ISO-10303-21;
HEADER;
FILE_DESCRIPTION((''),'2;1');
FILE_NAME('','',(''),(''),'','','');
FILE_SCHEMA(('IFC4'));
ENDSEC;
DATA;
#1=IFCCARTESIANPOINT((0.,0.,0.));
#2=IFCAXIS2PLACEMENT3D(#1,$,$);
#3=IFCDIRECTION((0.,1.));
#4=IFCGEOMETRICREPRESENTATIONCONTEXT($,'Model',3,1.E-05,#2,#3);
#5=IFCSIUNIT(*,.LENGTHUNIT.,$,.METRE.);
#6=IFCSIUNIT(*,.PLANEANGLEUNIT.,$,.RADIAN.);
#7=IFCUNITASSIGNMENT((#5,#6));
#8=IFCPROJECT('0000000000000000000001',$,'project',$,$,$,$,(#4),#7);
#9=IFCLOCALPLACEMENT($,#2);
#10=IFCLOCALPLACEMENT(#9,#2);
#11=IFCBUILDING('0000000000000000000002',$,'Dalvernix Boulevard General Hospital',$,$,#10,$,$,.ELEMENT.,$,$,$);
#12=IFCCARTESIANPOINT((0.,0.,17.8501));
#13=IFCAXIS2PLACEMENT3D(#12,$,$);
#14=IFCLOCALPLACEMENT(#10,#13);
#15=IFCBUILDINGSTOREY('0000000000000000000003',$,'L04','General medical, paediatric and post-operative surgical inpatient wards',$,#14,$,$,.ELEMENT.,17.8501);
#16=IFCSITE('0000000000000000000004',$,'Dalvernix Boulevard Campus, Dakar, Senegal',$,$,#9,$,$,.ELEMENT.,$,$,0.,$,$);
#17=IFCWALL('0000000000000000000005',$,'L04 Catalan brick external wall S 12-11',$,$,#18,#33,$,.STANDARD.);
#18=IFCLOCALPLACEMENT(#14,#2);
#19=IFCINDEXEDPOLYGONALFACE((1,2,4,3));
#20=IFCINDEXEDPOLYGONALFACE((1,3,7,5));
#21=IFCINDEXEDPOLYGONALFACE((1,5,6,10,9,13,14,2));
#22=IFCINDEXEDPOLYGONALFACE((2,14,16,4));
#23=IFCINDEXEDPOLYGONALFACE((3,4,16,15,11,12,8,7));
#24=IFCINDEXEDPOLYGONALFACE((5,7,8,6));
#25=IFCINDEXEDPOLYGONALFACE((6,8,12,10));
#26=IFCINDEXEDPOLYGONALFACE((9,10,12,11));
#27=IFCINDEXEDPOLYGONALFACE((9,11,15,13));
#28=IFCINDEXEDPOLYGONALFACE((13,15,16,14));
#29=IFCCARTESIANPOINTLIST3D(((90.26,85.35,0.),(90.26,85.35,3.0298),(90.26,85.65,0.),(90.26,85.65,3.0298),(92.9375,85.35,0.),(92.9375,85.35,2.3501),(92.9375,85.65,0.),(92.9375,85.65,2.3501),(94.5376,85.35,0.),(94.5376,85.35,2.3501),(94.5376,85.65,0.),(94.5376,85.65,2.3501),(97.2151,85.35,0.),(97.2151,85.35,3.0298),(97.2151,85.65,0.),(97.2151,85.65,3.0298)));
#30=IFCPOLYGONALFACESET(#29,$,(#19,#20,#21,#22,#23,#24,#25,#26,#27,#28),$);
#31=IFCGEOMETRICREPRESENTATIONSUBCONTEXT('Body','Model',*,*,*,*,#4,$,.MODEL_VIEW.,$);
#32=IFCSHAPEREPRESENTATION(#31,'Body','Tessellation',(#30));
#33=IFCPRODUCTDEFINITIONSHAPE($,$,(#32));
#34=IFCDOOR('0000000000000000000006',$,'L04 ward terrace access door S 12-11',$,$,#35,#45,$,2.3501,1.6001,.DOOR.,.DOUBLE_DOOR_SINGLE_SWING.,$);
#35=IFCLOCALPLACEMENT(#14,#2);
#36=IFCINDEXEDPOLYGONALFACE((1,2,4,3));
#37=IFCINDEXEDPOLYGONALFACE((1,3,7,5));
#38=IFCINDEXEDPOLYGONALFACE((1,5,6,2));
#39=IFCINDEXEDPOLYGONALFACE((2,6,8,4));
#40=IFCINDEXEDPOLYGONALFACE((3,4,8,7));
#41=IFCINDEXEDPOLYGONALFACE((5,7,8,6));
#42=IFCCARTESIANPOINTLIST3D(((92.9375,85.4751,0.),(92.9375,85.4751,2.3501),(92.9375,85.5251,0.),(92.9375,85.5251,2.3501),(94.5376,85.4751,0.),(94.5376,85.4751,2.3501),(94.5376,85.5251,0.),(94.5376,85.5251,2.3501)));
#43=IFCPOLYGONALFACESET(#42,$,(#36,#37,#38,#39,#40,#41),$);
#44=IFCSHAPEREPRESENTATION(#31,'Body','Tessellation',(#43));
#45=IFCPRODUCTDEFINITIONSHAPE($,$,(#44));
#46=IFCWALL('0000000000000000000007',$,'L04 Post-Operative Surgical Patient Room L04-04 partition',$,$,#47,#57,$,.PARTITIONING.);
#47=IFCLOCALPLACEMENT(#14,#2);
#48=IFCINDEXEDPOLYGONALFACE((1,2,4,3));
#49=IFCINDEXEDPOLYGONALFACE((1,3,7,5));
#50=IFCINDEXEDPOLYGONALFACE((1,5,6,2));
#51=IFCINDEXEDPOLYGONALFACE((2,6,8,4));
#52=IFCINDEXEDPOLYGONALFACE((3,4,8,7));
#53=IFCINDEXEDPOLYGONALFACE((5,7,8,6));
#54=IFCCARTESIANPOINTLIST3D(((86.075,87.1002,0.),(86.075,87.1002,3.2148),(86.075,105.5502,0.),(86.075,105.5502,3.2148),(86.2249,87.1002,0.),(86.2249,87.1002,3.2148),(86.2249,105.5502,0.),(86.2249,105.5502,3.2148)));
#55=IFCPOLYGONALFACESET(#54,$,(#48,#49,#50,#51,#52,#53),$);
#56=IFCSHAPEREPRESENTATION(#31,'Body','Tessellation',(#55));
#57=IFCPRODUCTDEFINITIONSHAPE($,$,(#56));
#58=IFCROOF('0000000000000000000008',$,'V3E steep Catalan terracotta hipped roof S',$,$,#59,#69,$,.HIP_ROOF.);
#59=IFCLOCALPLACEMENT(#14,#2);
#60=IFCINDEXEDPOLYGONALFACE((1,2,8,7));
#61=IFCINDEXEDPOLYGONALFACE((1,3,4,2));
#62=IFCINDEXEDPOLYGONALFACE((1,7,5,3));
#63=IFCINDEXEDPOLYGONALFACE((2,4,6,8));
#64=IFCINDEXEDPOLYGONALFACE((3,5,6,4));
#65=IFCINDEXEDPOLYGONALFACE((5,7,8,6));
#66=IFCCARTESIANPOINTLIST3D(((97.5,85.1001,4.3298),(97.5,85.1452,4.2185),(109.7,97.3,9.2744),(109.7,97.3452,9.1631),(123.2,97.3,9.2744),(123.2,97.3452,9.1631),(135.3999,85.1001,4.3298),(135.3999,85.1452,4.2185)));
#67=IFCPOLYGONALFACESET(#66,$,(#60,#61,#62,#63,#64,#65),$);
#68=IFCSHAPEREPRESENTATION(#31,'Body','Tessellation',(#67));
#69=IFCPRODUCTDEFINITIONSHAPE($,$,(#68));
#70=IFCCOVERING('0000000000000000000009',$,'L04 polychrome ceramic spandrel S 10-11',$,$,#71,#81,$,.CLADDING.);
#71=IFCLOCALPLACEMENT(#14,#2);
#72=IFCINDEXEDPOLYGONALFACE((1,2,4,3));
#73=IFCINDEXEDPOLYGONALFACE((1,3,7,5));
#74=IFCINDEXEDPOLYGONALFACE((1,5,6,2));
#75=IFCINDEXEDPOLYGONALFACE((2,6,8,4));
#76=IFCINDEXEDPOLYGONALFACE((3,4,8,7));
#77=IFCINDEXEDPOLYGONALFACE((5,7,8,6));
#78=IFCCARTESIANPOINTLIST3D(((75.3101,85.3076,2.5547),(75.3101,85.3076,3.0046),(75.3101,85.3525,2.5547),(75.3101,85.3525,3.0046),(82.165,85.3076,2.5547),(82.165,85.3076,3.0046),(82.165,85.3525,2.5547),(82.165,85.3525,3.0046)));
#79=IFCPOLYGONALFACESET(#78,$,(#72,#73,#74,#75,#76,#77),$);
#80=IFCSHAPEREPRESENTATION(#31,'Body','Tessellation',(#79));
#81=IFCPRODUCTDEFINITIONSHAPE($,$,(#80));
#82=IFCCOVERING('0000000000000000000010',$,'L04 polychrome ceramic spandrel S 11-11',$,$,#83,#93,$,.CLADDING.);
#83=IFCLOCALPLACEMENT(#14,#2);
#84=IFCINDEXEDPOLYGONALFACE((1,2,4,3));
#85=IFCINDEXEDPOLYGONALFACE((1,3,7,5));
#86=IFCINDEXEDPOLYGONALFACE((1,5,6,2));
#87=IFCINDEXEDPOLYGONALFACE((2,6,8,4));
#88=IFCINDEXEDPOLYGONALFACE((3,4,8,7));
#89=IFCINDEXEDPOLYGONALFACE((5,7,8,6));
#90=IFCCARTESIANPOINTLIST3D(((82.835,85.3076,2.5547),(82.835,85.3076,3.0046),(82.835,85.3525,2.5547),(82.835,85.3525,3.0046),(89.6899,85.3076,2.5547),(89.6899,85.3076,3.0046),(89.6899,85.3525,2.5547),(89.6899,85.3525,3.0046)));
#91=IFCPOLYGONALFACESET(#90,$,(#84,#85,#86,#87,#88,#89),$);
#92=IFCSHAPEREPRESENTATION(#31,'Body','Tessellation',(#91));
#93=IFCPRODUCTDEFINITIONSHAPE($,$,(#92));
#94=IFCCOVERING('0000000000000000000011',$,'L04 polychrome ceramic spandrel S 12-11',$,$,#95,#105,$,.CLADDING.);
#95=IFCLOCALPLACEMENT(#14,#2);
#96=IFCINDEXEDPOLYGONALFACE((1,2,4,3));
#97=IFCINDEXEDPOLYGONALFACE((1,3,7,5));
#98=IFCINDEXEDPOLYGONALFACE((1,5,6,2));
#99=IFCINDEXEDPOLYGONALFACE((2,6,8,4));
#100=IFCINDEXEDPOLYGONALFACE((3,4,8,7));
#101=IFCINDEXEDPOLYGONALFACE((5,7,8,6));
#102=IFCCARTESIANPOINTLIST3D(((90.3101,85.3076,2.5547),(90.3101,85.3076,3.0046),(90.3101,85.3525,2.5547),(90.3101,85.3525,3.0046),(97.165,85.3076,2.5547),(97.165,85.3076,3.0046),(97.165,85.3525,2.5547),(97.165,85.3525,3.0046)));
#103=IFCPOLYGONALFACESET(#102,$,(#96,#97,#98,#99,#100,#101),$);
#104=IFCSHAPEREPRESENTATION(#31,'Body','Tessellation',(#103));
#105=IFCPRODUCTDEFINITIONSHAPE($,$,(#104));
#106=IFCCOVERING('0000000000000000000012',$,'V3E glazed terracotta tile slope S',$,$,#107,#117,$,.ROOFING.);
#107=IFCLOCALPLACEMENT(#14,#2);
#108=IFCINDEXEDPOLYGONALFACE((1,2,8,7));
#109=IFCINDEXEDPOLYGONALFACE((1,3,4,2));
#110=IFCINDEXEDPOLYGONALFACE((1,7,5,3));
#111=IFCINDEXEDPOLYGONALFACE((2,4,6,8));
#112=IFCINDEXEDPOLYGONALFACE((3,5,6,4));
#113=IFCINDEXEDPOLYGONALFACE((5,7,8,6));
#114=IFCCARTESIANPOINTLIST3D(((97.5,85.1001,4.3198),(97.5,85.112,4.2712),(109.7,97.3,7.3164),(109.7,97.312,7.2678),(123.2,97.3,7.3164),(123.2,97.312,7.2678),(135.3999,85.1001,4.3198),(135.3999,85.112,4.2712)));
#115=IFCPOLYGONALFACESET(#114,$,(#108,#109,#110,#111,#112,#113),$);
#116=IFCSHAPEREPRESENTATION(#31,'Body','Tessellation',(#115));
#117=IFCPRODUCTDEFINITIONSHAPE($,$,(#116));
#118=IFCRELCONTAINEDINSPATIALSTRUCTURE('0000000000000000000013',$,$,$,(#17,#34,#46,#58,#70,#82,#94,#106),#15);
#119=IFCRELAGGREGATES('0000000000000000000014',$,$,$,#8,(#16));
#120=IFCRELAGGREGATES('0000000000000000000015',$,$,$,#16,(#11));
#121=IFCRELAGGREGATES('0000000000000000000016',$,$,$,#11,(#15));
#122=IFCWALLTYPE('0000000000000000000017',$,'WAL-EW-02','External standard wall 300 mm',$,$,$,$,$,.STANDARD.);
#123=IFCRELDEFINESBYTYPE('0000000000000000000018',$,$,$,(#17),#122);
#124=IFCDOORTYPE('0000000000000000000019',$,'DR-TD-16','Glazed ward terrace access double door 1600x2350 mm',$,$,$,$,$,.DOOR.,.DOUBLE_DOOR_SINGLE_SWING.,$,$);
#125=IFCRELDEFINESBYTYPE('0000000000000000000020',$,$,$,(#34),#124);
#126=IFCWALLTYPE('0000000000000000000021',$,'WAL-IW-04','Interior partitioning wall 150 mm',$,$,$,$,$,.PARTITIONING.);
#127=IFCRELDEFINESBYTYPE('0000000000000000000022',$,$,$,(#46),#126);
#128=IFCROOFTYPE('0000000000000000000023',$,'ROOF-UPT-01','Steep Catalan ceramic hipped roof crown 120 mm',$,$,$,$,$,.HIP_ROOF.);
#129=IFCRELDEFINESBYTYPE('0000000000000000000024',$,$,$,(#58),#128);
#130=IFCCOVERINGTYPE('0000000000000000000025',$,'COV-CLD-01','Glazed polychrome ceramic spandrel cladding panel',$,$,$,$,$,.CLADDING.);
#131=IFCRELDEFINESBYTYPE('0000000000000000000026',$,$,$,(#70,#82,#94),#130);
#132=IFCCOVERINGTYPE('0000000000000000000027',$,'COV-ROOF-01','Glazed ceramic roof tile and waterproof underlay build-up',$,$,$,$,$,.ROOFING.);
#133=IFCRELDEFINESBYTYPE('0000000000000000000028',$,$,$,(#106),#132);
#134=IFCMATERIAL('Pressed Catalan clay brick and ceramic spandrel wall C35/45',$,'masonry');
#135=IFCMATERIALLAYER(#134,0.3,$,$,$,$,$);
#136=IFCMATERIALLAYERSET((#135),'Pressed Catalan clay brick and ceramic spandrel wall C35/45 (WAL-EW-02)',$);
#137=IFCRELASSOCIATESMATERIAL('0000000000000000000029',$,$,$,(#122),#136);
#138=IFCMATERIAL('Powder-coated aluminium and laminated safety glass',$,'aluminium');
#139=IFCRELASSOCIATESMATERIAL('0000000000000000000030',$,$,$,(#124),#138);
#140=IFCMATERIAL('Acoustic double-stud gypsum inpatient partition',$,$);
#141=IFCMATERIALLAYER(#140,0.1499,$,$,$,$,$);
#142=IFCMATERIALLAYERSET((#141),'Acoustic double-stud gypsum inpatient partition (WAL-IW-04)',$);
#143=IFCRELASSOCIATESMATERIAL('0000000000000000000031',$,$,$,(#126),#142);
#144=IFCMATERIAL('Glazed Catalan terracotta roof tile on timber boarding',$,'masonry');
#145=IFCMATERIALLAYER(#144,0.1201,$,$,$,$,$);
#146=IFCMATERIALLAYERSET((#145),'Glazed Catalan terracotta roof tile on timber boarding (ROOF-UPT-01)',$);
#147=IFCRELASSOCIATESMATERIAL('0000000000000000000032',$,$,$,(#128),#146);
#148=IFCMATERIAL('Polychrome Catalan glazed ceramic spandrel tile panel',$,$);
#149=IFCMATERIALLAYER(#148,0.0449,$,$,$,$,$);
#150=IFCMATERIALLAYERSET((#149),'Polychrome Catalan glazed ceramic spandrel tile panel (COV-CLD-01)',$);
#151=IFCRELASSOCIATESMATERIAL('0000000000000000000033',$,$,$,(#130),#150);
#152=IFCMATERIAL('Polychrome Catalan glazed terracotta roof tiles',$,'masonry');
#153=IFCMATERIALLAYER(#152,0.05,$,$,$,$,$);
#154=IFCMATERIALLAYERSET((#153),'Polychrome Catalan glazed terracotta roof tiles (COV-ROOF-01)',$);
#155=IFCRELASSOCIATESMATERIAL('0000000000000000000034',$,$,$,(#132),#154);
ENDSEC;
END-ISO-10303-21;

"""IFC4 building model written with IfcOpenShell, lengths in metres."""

from ifc_helpers import new_model, si_unit, direction, frame, frame_2d, origin, origin_2d, place, context, subcontext, project, spatial, polyline, rectangle, outline, extrude, material, layer, layer_set, type_object, element, fill, save


model = new_model("IFC4")

# Units and contexts
model_context = context("Model", 3, precision=1e-05, world=origin(), true_north=direction((0.0, 1.0)))
body_context = subcontext(model_context, "Body", "Model", "MODEL_VIEW")
ifc_project = project(units=[si_unit("LENGTHUNIT", "METRE"), si_unit("PLANEANGLEUNIT", "RADIAN")], contexts=[model_context])

# Site, building, storey
site_placement = place(None, origin())
site = spatial("IfcSite", under=ifc_project, at=site_placement, Name="Dalvernix Boulevard Campus, Dakar, Senegal", CompositionType="ELEMENT", RefElevation=0.0)
building_placement = place(site_placement, origin())
building = spatial("IfcBuilding", under=site, at=building_placement, Name="Dalvernix Boulevard General Hospital", CompositionType="ELEMENT")
storey_placement = place(building_placement, frame((0.0, 0.0, 17.8501)))
storey = spatial("IfcBuildingStorey", under=building, at=storey_placement, Name="L04", Description="General medical, paediatric and post-operative surgical inpatient wards", CompositionType="ELEMENT", Elevation=17.8501)

# Wall, opening, door
ifc_material_1 = material(Name="Pressed Catalan clay brick and ceramic spandrel wall C35/45", Category="masonry")
ifc_layer_1 = layer(ifc_material_1, 0.3)
ifc_layer_set_1 = layer_set([ifc_layer_1], Name="Pressed Catalan clay brick and ceramic spandrel wall C35/45 (WAL-EW-02)")
wall_type_1 = type_object("IfcWallType", Name="WAL-EW-02", Description="External standard wall 300 mm", PredefinedType="STANDARD", material=ifc_layer_set_1)
ifc_material_2 = material(Name="Powder-coated aluminium and laminated safety glass", Category="aluminium")
door_type_1 = type_object("IfcDoorType", Name="DR-TD-16", Description="Glazed ward terrace access double door 1600x2350 mm", OperationType="DOUBLE_DOOR_SINGLE_SWING", PredefinedType="DOOR", material=ifc_material_2)
wall_1_placement = place(storey_placement, frame((97.2151, 85.5, 0.0), z_axis=(0.0, 0.0, 1.0), x_axis=(-1.0, 0.0, 0.0)))
wall_1 = element("IfcWall", 1, at=wall_1_placement, inside=storey, type_object=wall_type_1, Name="L04 Catalan brick external wall S 12-11", PredefinedType="STANDARD", context=body_context, shape_type="SweptSolid", body=[
    extrude(rectangle(XDim=6.9551, YDim=0.3, at=frame_2d((3.4775, 0.0))), origin(), (0.0, 0.0, 1.0), 3.0298),
])
opening_1_placement = place(wall_1_placement, frame((2.6775, 0.0, 0.0)))
opening_1 = element("IfcOpeningElement", 2, at=opening_1_placement, cuts=wall_1, PredefinedType="OPENING", context=body_context, shape_type="SweptSolid", body=[
    extrude(rectangle(XDim=1.6001, YDim=2.3501, at=frame_2d((0.8, 1.175))), frame((0.0, 0.1599, 0.0), z_axis=(0.0, -1.0, 0.0), x_axis=(1.0, 0.0, 0.0)), (0.0, 0.0, 1.0), 0.3201),
])
door_1_placement = place(opening_1_placement, origin())
door_1 = element("IfcDoor", 3, at=door_1_placement, inside=storey, type_object=door_type_1, Name="L04 ward terrace access door S 12-11", OperationType="DOUBLE_DOOR_SINGLE_SWING", OverallHeight=2.3501, OverallWidth=1.6001, PredefinedType="DOOR", context=body_context, shape_type="SweptSolid", body=[
    extrude(rectangle(XDim=1.6001, YDim=2.3501, at=frame_2d((0.8, 1.175))), frame((0.0, 0.0249, 0.0), z_axis=(0.0, -1.0, 0.0), x_axis=(1.0, 0.0, 0.0)), (0.0, 0.0, 1.0), 0.05),
])
fill(opening_1, door_1)

# Wall
ifc_material_3 = material(Name="Acoustic double-stud gypsum inpatient partition")
ifc_layer_2 = layer(ifc_material_3, 0.1499)
ifc_layer_set_2 = layer_set([ifc_layer_2], Name="Acoustic double-stud gypsum inpatient partition (WAL-IW-04)")
wall_type_2 = type_object("IfcWallType", Name="WAL-IW-04", Description="Interior partitioning wall 150 mm", PredefinedType="PARTITIONING", material=ifc_layer_set_2)
wall_2_placement = place(storey_placement, frame((86.1499, 87.1001, 0.0), z_axis=(0.0, 0.0, 1.0), x_axis=(0.0, 1.0, 0.0)))
element("IfcWall", 4, at=wall_2_placement, inside=storey, type_object=wall_type_2, Name="L04 Post-Operative Surgical Patient Room L04-04 partition", PredefinedType="PARTITIONING", context=body_context, shape_type="SweptSolid", body=[
    extrude(rectangle(XDim=18.45, YDim=0.1499, at=frame_2d((9.2251, 0.0))), origin(), (0.0, 0.0, 1.0), 3.2148),
])

# Roof
ifc_material_4 = material(Name="Glazed Catalan terracotta roof tile on timber boarding", Category="masonry")
ifc_layer_3 = layer(ifc_material_4, 0.1201)
ifc_layer_set_3 = layer_set([ifc_layer_3], Name="Glazed Catalan terracotta roof tile on timber boarding (ROOF-UPT-01)")
roof_type_1 = type_object("IfcRoofType", Name="ROOF-UPT-01", Description="Steep Catalan ceramic hipped roof crown 120 mm", PredefinedType="HIP_ROOF", material=ifc_layer_set_3)
roof_1_placement = place(storey_placement, frame((97.5, 85.1001, 4.3298), z_axis=(0.0, -0.375617, 0.926775), x_axis=(1.0, 0.0, 0.0)))
element("IfcRoof", 5, at=roof_1_placement, inside=storey, type_object=roof_type_1, Name="V3E steep Catalan terracotta hipped roof S", PredefinedType="HIP_ROOF", context=body_context, shape_type="SweptSolid", body=[
    extrude(outline(polyline([(0.0, 0.0), (37.8999, 0.0), (25.7, 13.1639), (12.2, 13.1639), (0.0, 0.0)])), origin(), (0.0, 0.0, -1.0), 0.1201),
])

# Coverings
ifc_material_5 = material(Name="Polychrome Catalan glazed ceramic spandrel tile panel")
ifc_layer_4 = layer(ifc_material_5, 0.0449)
ifc_layer_set_4 = layer_set([ifc_layer_4], Name="Polychrome Catalan glazed ceramic spandrel tile panel (COV-CLD-01)")
covering_type_1 = type_object("IfcCoveringType", Name="COV-CLD-01", Description="Glazed polychrome ceramic spandrel cladding panel", PredefinedType="CLADDING", material=ifc_layer_set_4)
for number, where, z_axis, x_axis, name in (
    (6, (78.7375, 85.3301, 2.5547), (0.0, 0.0, 1.0), (-1.0, 0.0, 0.0), "L04 polychrome ceramic spandrel S 10-11"),
    (7, (86.2625, 85.3301, 2.5547), (0.0, 0.0, 1.0), (-1.0, 0.0, 0.0), "L04 polychrome ceramic spandrel S 11-11"),
    (8, (93.7375, 85.3301, 2.5547), (0.0, 0.0, 1.0), (-1.0, 0.0, 0.0), "L04 polychrome ceramic spandrel S 12-11"),
):
    element("IfcCovering", number, at=place(storey_placement, frame(where, z_axis=z_axis, x_axis=x_axis)), inside=storey, type_object=covering_type_1, Name=name, PredefinedType="CLADDING", context=body_context, shape_type="SweptSolid", body=[
        extrude(rectangle(XDim=6.855, YDim=0.0449, at=origin_2d()), origin(), (0.0, 0.0, 1.0), 0.45),
    ])
ifc_material_6 = material(Name="Polychrome Catalan glazed terracotta roof tiles", Category="masonry")
ifc_layer_5 = layer(ifc_material_6, 0.05)
ifc_layer_set_5 = layer_set([ifc_layer_5], Name="Polychrome Catalan glazed terracotta roof tiles (COV-ROOF-01)")
covering_type_2 = type_object("IfcCoveringType", Name="COV-ROOF-01", Description="Glazed ceramic roof tile and waterproof underlay build-up", PredefinedType="ROOFING", material=ifc_layer_set_5)
covering_placement = place(storey_placement, frame((97.5, 85.1001, 4.3198), z_axis=(0.0, -0.238532, 0.971135), x_axis=(1.0, 0.0, 0.0)))
element("IfcCovering", 9, at=covering_placement, inside=storey, type_object=covering_type_2, Name="V3E glazed terracotta tile slope S", PredefinedType="ROOFING", context=body_context, shape_type="SweptSolid", body=[
    extrude(outline(polyline([(0.0, 0.0), (37.8999, 0.0), (25.7, 12.5626), (12.2, 12.5626), (0.0, 0.0)])), origin(), (0.0, 0.0, -1.0), 0.05),
])

save(model, "model.ifc")
